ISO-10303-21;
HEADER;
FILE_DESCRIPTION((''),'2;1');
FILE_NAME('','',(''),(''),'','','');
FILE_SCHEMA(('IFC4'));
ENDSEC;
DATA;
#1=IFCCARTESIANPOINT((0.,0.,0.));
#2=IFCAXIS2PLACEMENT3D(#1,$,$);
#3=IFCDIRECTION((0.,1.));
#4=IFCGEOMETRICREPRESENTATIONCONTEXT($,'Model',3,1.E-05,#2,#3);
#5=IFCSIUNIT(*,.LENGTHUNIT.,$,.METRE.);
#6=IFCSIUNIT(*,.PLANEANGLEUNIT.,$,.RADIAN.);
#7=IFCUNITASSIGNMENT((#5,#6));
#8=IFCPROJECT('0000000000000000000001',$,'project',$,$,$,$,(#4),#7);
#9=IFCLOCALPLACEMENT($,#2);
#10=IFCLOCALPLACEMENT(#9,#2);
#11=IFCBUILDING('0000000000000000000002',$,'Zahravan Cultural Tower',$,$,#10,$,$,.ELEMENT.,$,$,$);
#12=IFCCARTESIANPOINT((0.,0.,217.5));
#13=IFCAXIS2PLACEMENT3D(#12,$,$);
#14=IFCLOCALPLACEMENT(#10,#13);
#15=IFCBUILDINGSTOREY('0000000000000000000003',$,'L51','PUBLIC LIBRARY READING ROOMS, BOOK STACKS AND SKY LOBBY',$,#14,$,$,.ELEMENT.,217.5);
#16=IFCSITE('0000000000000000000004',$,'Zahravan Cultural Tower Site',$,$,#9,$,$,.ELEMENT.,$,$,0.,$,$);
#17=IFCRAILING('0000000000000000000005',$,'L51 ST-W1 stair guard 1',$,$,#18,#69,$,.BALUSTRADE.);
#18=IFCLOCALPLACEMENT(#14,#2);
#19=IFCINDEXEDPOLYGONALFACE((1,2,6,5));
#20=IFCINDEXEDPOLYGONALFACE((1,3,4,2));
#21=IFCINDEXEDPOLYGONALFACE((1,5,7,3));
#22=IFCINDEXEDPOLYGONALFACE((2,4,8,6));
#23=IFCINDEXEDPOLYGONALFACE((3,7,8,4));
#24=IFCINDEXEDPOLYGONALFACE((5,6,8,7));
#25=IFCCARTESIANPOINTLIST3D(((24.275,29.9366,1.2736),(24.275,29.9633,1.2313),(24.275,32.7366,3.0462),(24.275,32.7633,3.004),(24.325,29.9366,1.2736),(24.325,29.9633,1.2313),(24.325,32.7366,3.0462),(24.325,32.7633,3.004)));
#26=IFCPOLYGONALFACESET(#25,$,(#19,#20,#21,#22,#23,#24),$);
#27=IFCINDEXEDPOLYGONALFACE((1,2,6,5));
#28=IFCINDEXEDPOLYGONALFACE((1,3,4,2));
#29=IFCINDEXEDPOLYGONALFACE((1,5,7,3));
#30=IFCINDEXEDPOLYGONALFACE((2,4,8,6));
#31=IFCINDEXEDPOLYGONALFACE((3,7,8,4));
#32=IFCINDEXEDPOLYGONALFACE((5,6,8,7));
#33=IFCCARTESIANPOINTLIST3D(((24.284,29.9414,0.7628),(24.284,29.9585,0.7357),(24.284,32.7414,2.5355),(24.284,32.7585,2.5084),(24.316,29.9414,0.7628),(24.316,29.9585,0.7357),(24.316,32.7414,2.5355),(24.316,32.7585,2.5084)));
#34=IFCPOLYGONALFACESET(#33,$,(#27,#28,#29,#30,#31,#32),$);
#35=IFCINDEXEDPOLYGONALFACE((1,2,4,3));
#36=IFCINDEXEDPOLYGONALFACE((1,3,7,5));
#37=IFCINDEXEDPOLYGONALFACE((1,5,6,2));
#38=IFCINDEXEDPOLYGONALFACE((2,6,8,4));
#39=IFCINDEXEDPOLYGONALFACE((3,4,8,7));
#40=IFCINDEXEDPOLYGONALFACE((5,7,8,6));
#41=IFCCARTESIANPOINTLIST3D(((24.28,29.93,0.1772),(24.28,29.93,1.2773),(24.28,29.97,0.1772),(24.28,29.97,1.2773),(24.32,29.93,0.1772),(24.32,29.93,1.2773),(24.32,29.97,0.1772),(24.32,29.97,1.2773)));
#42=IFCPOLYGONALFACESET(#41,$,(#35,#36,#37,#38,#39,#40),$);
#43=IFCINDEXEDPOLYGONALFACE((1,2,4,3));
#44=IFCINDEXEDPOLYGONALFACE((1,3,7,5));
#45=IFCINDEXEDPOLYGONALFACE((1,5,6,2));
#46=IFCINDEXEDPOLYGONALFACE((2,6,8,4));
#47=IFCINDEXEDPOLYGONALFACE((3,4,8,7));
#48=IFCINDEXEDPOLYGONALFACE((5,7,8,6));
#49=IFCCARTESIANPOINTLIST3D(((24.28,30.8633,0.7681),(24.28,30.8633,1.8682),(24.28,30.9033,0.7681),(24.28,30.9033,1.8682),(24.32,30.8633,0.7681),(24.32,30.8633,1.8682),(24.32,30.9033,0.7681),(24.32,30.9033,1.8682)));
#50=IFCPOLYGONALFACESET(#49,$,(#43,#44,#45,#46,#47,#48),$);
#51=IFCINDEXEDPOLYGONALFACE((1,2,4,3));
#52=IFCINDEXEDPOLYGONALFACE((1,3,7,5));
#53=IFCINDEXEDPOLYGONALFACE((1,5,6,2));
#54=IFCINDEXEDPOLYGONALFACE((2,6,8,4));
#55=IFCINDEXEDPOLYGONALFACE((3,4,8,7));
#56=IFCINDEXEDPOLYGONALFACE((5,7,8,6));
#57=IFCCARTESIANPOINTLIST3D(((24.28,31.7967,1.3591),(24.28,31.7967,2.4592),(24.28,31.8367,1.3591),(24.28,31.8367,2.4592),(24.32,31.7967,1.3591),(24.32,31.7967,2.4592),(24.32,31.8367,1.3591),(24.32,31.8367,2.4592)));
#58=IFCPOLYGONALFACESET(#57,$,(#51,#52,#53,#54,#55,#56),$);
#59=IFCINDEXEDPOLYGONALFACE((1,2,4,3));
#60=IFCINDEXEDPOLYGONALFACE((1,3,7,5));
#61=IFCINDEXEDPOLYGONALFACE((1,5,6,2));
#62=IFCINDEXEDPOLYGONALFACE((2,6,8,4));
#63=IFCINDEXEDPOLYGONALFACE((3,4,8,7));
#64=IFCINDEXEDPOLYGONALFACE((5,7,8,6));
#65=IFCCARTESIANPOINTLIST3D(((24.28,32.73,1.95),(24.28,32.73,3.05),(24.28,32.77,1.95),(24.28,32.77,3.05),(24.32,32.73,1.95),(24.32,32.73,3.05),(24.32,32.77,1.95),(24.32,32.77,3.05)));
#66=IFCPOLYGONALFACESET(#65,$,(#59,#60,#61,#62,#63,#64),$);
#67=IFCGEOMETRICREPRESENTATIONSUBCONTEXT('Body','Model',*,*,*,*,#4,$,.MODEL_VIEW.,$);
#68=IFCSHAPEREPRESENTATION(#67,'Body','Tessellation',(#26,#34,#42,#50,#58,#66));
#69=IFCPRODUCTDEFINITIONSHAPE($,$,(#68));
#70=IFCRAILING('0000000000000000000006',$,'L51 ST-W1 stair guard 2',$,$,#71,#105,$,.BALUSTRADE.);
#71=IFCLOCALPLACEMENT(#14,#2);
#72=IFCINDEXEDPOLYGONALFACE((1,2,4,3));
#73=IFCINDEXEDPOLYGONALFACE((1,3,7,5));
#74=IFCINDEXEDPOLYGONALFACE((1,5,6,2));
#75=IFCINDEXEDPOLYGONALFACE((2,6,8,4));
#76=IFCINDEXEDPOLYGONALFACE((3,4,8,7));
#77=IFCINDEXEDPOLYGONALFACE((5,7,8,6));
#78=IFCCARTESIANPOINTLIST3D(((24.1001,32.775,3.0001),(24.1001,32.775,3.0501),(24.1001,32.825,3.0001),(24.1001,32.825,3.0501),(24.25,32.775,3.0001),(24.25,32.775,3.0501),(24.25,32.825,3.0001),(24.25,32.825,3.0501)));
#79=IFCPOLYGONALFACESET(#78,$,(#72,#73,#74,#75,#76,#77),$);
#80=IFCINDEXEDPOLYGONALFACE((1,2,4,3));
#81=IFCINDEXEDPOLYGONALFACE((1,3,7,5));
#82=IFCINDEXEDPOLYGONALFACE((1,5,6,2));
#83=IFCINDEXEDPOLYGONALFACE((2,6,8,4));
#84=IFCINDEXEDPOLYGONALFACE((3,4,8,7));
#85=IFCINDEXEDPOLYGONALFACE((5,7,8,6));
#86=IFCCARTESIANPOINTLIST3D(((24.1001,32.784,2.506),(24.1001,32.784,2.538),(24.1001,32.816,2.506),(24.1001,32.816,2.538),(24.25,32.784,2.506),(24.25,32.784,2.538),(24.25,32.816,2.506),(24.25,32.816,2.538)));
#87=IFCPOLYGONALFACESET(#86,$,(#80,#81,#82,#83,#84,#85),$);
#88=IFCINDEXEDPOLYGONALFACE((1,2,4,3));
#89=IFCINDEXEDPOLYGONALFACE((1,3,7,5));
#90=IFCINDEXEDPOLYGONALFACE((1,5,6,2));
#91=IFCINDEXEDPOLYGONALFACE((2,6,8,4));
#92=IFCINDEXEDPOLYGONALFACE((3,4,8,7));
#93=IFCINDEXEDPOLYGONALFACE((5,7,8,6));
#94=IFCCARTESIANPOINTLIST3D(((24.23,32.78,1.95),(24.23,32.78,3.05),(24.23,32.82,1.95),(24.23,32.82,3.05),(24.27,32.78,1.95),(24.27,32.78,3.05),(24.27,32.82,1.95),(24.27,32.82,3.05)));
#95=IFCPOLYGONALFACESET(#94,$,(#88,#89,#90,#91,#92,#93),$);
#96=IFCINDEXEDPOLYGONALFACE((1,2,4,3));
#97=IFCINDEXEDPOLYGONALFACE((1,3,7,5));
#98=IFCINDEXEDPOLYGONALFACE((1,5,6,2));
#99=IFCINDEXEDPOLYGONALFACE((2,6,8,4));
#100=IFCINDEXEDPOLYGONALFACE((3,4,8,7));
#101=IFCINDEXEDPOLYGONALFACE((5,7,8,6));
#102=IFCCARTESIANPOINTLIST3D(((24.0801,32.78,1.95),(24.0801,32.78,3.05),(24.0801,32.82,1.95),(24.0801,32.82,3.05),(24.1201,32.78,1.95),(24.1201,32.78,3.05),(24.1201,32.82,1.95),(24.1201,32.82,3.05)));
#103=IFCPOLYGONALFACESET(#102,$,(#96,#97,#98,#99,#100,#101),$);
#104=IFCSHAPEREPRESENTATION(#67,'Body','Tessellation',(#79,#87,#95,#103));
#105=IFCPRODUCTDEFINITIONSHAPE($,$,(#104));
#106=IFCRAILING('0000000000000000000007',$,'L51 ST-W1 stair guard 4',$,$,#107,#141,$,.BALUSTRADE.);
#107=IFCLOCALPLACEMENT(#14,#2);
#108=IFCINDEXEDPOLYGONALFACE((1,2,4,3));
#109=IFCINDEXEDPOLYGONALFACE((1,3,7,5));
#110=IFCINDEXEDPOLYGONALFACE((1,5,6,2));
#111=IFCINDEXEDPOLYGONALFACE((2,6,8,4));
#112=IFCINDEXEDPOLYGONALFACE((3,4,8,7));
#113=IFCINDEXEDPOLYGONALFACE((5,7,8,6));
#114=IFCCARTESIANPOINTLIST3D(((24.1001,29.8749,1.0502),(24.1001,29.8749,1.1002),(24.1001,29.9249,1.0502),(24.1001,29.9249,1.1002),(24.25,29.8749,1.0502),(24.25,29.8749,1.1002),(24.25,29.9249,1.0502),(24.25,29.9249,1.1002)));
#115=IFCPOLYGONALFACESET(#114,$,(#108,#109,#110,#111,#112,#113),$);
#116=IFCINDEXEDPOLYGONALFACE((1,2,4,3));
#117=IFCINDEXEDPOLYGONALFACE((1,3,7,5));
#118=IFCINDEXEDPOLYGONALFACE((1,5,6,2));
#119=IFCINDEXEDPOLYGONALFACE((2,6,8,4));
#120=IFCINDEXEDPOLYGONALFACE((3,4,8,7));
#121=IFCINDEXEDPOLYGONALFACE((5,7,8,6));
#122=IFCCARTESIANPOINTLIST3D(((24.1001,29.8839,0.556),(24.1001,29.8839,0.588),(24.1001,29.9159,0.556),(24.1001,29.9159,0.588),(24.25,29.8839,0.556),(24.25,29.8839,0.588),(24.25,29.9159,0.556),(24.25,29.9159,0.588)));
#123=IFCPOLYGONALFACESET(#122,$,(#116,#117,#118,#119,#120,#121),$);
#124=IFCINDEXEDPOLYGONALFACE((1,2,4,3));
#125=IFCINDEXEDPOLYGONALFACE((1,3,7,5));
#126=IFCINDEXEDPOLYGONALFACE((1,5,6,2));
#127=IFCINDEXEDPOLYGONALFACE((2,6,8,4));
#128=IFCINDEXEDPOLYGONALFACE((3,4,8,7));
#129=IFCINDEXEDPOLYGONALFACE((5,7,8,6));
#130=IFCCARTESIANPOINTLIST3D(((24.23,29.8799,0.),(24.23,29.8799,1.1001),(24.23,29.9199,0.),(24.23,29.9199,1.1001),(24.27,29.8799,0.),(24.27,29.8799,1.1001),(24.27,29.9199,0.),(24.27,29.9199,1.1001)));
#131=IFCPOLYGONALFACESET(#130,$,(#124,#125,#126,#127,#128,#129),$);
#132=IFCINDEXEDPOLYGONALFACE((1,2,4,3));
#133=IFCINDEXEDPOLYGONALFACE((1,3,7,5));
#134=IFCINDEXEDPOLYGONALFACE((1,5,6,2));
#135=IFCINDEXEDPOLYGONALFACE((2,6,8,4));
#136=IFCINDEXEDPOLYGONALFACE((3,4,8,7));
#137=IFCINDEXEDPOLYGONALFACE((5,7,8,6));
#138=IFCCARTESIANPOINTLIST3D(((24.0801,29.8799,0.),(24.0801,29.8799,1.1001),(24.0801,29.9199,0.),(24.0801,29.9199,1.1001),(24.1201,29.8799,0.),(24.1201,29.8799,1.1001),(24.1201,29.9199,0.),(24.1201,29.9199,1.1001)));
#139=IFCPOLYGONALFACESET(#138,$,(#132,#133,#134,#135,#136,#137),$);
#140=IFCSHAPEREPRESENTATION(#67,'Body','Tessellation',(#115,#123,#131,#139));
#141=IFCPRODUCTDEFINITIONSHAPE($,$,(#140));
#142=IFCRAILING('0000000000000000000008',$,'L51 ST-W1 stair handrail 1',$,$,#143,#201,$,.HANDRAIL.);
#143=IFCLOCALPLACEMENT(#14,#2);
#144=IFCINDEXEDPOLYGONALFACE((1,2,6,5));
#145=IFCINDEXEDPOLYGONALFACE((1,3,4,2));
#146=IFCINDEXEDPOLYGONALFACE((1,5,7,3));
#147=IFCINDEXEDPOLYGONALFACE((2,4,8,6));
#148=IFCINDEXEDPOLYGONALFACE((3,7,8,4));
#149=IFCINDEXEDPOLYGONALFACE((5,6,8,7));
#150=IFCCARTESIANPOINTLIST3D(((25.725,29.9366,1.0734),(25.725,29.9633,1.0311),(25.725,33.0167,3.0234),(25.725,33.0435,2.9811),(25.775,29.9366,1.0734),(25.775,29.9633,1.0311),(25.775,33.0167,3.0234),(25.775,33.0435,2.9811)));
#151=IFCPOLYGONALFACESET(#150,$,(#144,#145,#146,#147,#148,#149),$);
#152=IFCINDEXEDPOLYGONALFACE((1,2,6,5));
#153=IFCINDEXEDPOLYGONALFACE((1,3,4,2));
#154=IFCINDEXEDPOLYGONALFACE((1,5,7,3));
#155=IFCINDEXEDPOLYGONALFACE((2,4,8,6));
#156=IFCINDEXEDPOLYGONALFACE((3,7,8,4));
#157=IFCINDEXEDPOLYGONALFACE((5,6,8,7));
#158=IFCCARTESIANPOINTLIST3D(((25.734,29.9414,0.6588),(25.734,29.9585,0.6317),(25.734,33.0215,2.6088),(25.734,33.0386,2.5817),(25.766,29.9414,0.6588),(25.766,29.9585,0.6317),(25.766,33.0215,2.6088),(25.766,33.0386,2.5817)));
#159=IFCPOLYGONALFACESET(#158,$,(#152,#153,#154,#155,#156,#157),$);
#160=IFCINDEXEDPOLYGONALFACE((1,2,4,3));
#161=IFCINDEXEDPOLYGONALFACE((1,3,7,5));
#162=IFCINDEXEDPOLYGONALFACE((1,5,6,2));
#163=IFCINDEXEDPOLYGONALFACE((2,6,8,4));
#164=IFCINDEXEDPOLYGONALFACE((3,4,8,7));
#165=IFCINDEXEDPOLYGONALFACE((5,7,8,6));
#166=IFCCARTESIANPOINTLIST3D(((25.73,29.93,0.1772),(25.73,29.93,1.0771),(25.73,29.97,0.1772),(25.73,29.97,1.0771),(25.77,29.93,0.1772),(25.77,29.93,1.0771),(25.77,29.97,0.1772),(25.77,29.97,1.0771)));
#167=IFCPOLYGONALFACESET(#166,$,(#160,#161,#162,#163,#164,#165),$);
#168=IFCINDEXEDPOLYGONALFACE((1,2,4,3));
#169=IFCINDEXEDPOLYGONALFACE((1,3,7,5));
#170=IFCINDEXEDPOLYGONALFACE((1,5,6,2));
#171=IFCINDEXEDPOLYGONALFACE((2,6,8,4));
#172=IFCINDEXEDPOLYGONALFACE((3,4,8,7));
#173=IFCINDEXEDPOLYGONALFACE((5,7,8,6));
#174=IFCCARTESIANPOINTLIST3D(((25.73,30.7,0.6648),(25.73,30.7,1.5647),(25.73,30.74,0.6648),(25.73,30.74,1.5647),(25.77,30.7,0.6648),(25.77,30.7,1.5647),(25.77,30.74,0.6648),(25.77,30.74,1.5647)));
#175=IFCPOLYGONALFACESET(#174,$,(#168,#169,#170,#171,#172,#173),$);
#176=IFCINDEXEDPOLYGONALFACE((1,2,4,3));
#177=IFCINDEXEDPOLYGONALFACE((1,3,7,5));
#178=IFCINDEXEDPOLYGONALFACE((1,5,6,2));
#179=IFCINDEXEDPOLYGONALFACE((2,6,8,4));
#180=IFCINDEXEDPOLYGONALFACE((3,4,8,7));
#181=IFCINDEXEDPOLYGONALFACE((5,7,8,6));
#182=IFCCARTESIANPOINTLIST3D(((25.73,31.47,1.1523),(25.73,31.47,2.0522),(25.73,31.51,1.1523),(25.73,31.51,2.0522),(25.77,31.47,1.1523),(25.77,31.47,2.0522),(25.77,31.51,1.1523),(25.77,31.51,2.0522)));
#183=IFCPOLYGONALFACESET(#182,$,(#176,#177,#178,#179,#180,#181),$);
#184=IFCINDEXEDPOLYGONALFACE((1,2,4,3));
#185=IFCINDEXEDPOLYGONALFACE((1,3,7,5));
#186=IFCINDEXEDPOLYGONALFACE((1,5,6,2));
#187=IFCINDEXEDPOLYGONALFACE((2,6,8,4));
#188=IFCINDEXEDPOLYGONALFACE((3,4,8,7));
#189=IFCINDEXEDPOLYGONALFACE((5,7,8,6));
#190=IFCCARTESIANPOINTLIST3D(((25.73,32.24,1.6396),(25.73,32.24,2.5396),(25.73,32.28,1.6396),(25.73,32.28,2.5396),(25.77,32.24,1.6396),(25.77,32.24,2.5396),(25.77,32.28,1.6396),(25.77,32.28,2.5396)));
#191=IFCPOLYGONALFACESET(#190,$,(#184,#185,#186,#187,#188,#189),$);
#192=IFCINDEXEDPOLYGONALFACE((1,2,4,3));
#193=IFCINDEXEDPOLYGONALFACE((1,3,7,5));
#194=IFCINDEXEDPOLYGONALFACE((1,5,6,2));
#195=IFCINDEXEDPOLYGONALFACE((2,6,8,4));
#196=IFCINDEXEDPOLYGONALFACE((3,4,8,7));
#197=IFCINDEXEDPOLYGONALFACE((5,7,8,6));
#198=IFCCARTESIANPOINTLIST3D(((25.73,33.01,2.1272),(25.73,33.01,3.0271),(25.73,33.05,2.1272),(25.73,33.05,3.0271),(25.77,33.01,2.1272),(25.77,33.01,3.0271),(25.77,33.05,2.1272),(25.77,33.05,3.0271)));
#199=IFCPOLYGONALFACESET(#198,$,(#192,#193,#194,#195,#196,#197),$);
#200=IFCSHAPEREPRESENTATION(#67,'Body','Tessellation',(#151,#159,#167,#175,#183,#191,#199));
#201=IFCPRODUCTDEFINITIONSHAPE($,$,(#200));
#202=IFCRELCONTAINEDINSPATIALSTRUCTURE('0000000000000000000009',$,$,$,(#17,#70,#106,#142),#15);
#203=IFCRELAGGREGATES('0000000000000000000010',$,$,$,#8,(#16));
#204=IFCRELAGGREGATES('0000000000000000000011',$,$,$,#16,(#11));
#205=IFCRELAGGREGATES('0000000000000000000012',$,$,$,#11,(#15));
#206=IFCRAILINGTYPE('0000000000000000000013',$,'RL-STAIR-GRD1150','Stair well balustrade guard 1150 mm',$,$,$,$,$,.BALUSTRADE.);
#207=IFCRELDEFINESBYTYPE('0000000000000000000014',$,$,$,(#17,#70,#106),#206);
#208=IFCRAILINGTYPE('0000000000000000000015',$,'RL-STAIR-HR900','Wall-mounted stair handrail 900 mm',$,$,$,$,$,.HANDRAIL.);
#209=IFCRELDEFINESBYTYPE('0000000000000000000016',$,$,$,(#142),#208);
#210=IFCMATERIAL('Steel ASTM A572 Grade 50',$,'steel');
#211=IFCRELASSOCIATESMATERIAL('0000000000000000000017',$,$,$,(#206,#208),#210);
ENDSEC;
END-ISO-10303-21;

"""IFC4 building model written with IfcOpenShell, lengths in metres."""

from ifc_helpers import new_model, si_unit, direction, frame, origin, origin_2d, place, context, subcontext, project, spatial, rectangle, extrude, material, type_object, element, save


model = new_model("IFC4")

# Units and contexts
model_context = context("Model", 3, precision=1e-05, world=origin(), true_north=direction((0.0, 1.0)))
body_context = subcontext(model_context, "Body", "Model", "MODEL_VIEW")
ifc_project = project(units=[si_unit("LENGTHUNIT", "METRE"), si_unit("PLANEANGLEUNIT", "RADIAN")], contexts=[model_context])

# Site, building, storey
site_placement = place(None, origin())
site = spatial("IfcSite", under=ifc_project, at=site_placement, Name="Zahravan Cultural Tower Site", CompositionType="ELEMENT", RefElevation=0.0)
building_placement = place(site_placement, origin())
building = spatial("IfcBuilding", under=site, at=building_placement, Name="Zahravan Cultural Tower", CompositionType="ELEMENT")
storey_placement = place(building_placement, frame((0.0, 0.0, 217.5)))
storey = spatial("IfcBuildingStorey", under=building, at=storey_placement, Name="L51", Description="PUBLIC LIBRARY READING ROOMS, BOOK STACKS AND SKY LOBBY", CompositionType="ELEMENT", Elevation=217.5)

# Shared definitions
ifc_material_1 = material(Name="Steel ASTM A572 Grade 50", Category="steel")

# Railings
railing_type_1 = type_object("IfcRailingType", Name="RL-STAIR-GRD1150", Description="Stair well balustrade guard 1150 mm", PredefinedType="BALUSTRADE", material=ifc_material_1)
railing_1_placement = place(storey_placement, frame((24.3, 29.95, 0.1772)))
element("IfcRailing", 1, at=railing_1_placement, inside=storey, type_object=railing_type_1, Name="L51 ST-W1 stair guard 1", PredefinedType="BALUSTRADE", context=body_context, shape_type="SweptSolid", body=[
    extrude(rectangle(XDim=0.05, YDim=0.05, at=origin_2d()), frame((0.0, 0.0, 1.0752), z_axis=(0.0, 0.844909, 0.53491), x_axis=(-1.0, 0.0, 0.0)), (0.0, 0.0, 1.0), 3.314),
    extrude(rectangle(XDim=0.032, YDim=0.032, at=origin_2d()), frame((0.0, 0.0, 0.572), z_axis=(0.0, 0.844909, 0.53491), x_axis=(-1.0, 0.0, 0.0)), (0.0, 0.0, 1.0), 3.314),
    extrude(rectangle(XDim=0.04, YDim=0.04, at=origin_2d()), origin(), (0.0, 0.0, 1.0), 1.1001),
    extrude(rectangle(XDim=0.04, YDim=0.04, at=origin_2d()), frame((0.0, 0.9333, 0.5908)), (0.0, 0.0, 1.0), 1.1001),
    extrude(rectangle(XDim=0.04, YDim=0.04, at=origin_2d()), frame((0.0, 1.8667, 1.1819)), (0.0, 0.0, 1.0), 1.1001),
    extrude(rectangle(XDim=0.04, YDim=0.04, at=origin_2d()), frame((0.0, 2.8, 1.7727)), (0.0, 0.0, 1.0), 1.1001),
])
for number, where, name in (
    (2, (24.25, 32.8, 1.95), "L51 ST-W1 stair guard 2"),
    (3, (24.25, 29.8999, 0.0), "L51 ST-W1 stair guard 4"),
):
    element("IfcRailing", number, at=place(storey_placement, frame(where)), inside=storey, type_object=railing_type_1, Name=name, PredefinedType="BALUSTRADE", context=body_context, shape_type="SweptSolid", body=[
        extrude(rectangle(XDim=0.05, YDim=0.05, at=origin_2d()), frame((0.0, 0.0, 1.0752), z_axis=(-1.0, 0.0, 0.0), x_axis=(0.0, -1.0, 0.0)), (0.0, 0.0, 1.0), 0.1499),
        extrude(rectangle(XDim=0.032, YDim=0.032, at=origin_2d()), frame((0.0, 0.0, 0.572), z_axis=(-1.0, 0.0, 0.0), x_axis=(0.0, -1.0, 0.0)), (0.0, 0.0, 1.0), 0.1499),
        extrude(rectangle(XDim=0.04, YDim=0.04, at=origin_2d()), origin(), (0.0, 0.0, 1.0), 1.1001),
        extrude(rectangle(XDim=0.04, YDim=0.04, at=origin_2d()), frame((-0.1499, 0.0, 0.0)), (0.0, 0.0, 1.0), 1.1001),
    ])
railing_type_2 = type_object("IfcRailingType", Name="RL-STAIR-HR900", Description="Wall-mounted stair handrail 900 mm", PredefinedType="HANDRAIL", material=ifc_material_1)
railing_2_placement = place(storey_placement, frame((25.75, 29.95, 0.1772)))
element("IfcRailing", 4, at=railing_2_placement, inside=storey, type_object=railing_type_2, Name="L51 ST-W1 stair handrail 1", PredefinedType="HANDRAIL", context=body_context, shape_type="SweptSolid", body=[
    extrude(rectangle(XDim=0.05, YDim=0.05, at=origin_2d()), frame((0.0, 0.0, 0.875), z_axis=(0.0, 0.844914, 0.534902), x_axis=(-1.0, 0.0, 0.0)), (0.0, 0.0, 1.0), 3.6455),
    extrude(rectangle(XDim=0.032, YDim=0.032, at=origin_2d()), frame((0.0, 0.0, 0.468), z_axis=(0.0, 0.844914, 0.534902), x_axis=(-1.0, 0.0, 0.0)), (0.0, 0.0, 1.0), 3.6455),
    extrude(rectangle(XDim=0.04, YDim=0.04, at=origin_2d()), origin(), (0.0, 0.0, 1.0), 0.8999),
    extrude(rectangle(XDim=0.04, YDim=0.04, at=origin_2d()), frame((0.0, 0.77, 0.4875)), (0.0, 0.0, 1.0), 0.8999),
    extrude(rectangle(XDim=0.04, YDim=0.04, at=origin_2d()), frame((0.0, 1.54, 0.9751)), (0.0, 0.0, 1.0), 0.8999),
    extrude(rectangle(XDim=0.04, YDim=0.04, at=origin_2d()), frame((0.0, 2.3101, 1.4624)), (0.0, 0.0, 1.0), 0.8999),
    extrude(rectangle(XDim=0.04, YDim=0.04, at=origin_2d()), frame((0.0, 3.0801, 1.95)), (0.0, 0.0, 1.0), 0.8999),
])

save(model, "model.ifc")
